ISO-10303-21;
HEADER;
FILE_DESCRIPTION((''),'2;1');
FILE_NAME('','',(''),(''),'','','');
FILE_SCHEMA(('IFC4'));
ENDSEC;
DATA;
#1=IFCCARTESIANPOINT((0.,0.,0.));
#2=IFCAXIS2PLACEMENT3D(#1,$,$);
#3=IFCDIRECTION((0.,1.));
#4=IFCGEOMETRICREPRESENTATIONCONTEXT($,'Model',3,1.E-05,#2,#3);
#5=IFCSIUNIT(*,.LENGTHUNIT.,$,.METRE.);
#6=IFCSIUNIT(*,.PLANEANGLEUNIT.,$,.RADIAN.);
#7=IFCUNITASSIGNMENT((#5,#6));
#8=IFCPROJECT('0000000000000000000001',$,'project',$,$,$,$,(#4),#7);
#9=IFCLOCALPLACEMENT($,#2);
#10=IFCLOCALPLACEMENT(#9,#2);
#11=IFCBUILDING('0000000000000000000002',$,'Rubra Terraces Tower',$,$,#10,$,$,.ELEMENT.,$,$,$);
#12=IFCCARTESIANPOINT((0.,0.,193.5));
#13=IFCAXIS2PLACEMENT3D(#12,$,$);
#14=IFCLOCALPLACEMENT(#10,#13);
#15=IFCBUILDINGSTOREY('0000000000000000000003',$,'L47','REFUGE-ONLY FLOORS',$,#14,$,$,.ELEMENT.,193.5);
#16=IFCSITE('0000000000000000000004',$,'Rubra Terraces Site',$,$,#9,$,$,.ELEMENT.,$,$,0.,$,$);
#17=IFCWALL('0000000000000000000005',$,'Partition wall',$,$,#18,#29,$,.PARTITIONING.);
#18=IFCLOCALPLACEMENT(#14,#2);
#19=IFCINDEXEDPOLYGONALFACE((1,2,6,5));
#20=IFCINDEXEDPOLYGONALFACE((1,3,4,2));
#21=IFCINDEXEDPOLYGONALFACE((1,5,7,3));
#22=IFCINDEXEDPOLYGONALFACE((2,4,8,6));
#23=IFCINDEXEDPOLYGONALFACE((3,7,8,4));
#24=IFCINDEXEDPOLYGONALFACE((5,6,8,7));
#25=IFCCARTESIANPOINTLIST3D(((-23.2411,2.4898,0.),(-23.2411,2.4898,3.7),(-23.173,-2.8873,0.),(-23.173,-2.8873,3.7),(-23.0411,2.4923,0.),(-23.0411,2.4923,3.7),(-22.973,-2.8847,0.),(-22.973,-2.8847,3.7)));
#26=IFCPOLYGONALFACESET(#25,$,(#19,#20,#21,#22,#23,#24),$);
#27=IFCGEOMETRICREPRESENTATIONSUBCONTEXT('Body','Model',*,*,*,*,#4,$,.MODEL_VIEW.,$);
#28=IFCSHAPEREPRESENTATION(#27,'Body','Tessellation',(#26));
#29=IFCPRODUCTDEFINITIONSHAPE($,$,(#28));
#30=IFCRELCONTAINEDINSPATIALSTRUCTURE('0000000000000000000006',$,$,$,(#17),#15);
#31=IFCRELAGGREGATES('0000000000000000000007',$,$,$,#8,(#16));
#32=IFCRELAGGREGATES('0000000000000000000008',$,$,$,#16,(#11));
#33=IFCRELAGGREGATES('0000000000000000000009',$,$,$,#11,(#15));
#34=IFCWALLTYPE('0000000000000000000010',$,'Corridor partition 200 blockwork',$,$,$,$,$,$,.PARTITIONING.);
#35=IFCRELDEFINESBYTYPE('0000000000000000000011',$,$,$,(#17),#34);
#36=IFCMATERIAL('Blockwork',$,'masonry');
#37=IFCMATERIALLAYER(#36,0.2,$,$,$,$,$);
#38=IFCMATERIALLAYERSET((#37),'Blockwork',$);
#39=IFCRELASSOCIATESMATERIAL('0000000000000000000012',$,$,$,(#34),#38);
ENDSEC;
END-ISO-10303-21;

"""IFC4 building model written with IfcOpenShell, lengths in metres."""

from ifc_helpers import new_model, si_unit, direction, frame, frame_2d, origin, place, context, subcontext, project, spatial, rectangle, extrude, material, layer, layer_set, type_object, element, save


model = new_model("IFC4")

# Units and contexts
model_context = context("Model", 3, precision=1e-05, world=origin(), true_north=direction((0.0, 1.0)))
body_context = subcontext(model_context, "Body", "Model", "MODEL_VIEW")
ifc_project = project(units=[si_unit("LENGTHUNIT", "METRE"), si_unit("PLANEANGLEUNIT", "RADIAN")], contexts=[model_context])

# Site, building, storey
site_placement = place(None, origin())
site = spatial("IfcSite", under=ifc_project, at=site_placement, Name="Rubra Terraces Site", CompositionType="ELEMENT", RefElevation=0.0)
building_placement = place(site_placement, origin())
building = spatial("IfcBuilding", under=site, at=building_placement, Name="Rubra Terraces Tower", CompositionType="ELEMENT")
storey_placement = place(building_placement, frame((0.0, 0.0, 193.5)))
storey = spatial("IfcBuildingStorey", under=building, at=storey_placement, Name="L47", Description="REFUGE-ONLY FLOORS", CompositionType="ELEMENT", Elevation=193.5)

# Shared definitions
ifc_material_1 = material(Name="Blockwork", Category="masonry")
ifc_layer_1 = layer(ifc_material_1, 0.2)
ifc_layer_set_1 = layer_set([ifc_layer_1], Name="Blockwork")
wall_type_1 = type_object("IfcWallType", Name="Corridor partition 200 blockwork", PredefinedType="PARTITIONING", material=ifc_layer_set_1)

# Wall
wall_1_placement = place(storey_placement, frame((-23.073, -2.886, 0.0), z_axis=(0.0, 0.0, 1.0), x_axis=(-0.012667, 0.99992, 0.0)))
element("IfcWall", 1, at=wall_1_placement, inside=storey, type_object=wall_type_1, Name="Partition wall", PredefinedType="PARTITIONING", context=body_context, shape_type="SweptSolid", body=[
    extrude(rectangle(XDim=5.3774, YDim=0.2, at=frame_2d((2.6887, 0.0))), origin(), (0.0, 0.0, 1.0), 3.7),
])

save(model, "model.ifc")
